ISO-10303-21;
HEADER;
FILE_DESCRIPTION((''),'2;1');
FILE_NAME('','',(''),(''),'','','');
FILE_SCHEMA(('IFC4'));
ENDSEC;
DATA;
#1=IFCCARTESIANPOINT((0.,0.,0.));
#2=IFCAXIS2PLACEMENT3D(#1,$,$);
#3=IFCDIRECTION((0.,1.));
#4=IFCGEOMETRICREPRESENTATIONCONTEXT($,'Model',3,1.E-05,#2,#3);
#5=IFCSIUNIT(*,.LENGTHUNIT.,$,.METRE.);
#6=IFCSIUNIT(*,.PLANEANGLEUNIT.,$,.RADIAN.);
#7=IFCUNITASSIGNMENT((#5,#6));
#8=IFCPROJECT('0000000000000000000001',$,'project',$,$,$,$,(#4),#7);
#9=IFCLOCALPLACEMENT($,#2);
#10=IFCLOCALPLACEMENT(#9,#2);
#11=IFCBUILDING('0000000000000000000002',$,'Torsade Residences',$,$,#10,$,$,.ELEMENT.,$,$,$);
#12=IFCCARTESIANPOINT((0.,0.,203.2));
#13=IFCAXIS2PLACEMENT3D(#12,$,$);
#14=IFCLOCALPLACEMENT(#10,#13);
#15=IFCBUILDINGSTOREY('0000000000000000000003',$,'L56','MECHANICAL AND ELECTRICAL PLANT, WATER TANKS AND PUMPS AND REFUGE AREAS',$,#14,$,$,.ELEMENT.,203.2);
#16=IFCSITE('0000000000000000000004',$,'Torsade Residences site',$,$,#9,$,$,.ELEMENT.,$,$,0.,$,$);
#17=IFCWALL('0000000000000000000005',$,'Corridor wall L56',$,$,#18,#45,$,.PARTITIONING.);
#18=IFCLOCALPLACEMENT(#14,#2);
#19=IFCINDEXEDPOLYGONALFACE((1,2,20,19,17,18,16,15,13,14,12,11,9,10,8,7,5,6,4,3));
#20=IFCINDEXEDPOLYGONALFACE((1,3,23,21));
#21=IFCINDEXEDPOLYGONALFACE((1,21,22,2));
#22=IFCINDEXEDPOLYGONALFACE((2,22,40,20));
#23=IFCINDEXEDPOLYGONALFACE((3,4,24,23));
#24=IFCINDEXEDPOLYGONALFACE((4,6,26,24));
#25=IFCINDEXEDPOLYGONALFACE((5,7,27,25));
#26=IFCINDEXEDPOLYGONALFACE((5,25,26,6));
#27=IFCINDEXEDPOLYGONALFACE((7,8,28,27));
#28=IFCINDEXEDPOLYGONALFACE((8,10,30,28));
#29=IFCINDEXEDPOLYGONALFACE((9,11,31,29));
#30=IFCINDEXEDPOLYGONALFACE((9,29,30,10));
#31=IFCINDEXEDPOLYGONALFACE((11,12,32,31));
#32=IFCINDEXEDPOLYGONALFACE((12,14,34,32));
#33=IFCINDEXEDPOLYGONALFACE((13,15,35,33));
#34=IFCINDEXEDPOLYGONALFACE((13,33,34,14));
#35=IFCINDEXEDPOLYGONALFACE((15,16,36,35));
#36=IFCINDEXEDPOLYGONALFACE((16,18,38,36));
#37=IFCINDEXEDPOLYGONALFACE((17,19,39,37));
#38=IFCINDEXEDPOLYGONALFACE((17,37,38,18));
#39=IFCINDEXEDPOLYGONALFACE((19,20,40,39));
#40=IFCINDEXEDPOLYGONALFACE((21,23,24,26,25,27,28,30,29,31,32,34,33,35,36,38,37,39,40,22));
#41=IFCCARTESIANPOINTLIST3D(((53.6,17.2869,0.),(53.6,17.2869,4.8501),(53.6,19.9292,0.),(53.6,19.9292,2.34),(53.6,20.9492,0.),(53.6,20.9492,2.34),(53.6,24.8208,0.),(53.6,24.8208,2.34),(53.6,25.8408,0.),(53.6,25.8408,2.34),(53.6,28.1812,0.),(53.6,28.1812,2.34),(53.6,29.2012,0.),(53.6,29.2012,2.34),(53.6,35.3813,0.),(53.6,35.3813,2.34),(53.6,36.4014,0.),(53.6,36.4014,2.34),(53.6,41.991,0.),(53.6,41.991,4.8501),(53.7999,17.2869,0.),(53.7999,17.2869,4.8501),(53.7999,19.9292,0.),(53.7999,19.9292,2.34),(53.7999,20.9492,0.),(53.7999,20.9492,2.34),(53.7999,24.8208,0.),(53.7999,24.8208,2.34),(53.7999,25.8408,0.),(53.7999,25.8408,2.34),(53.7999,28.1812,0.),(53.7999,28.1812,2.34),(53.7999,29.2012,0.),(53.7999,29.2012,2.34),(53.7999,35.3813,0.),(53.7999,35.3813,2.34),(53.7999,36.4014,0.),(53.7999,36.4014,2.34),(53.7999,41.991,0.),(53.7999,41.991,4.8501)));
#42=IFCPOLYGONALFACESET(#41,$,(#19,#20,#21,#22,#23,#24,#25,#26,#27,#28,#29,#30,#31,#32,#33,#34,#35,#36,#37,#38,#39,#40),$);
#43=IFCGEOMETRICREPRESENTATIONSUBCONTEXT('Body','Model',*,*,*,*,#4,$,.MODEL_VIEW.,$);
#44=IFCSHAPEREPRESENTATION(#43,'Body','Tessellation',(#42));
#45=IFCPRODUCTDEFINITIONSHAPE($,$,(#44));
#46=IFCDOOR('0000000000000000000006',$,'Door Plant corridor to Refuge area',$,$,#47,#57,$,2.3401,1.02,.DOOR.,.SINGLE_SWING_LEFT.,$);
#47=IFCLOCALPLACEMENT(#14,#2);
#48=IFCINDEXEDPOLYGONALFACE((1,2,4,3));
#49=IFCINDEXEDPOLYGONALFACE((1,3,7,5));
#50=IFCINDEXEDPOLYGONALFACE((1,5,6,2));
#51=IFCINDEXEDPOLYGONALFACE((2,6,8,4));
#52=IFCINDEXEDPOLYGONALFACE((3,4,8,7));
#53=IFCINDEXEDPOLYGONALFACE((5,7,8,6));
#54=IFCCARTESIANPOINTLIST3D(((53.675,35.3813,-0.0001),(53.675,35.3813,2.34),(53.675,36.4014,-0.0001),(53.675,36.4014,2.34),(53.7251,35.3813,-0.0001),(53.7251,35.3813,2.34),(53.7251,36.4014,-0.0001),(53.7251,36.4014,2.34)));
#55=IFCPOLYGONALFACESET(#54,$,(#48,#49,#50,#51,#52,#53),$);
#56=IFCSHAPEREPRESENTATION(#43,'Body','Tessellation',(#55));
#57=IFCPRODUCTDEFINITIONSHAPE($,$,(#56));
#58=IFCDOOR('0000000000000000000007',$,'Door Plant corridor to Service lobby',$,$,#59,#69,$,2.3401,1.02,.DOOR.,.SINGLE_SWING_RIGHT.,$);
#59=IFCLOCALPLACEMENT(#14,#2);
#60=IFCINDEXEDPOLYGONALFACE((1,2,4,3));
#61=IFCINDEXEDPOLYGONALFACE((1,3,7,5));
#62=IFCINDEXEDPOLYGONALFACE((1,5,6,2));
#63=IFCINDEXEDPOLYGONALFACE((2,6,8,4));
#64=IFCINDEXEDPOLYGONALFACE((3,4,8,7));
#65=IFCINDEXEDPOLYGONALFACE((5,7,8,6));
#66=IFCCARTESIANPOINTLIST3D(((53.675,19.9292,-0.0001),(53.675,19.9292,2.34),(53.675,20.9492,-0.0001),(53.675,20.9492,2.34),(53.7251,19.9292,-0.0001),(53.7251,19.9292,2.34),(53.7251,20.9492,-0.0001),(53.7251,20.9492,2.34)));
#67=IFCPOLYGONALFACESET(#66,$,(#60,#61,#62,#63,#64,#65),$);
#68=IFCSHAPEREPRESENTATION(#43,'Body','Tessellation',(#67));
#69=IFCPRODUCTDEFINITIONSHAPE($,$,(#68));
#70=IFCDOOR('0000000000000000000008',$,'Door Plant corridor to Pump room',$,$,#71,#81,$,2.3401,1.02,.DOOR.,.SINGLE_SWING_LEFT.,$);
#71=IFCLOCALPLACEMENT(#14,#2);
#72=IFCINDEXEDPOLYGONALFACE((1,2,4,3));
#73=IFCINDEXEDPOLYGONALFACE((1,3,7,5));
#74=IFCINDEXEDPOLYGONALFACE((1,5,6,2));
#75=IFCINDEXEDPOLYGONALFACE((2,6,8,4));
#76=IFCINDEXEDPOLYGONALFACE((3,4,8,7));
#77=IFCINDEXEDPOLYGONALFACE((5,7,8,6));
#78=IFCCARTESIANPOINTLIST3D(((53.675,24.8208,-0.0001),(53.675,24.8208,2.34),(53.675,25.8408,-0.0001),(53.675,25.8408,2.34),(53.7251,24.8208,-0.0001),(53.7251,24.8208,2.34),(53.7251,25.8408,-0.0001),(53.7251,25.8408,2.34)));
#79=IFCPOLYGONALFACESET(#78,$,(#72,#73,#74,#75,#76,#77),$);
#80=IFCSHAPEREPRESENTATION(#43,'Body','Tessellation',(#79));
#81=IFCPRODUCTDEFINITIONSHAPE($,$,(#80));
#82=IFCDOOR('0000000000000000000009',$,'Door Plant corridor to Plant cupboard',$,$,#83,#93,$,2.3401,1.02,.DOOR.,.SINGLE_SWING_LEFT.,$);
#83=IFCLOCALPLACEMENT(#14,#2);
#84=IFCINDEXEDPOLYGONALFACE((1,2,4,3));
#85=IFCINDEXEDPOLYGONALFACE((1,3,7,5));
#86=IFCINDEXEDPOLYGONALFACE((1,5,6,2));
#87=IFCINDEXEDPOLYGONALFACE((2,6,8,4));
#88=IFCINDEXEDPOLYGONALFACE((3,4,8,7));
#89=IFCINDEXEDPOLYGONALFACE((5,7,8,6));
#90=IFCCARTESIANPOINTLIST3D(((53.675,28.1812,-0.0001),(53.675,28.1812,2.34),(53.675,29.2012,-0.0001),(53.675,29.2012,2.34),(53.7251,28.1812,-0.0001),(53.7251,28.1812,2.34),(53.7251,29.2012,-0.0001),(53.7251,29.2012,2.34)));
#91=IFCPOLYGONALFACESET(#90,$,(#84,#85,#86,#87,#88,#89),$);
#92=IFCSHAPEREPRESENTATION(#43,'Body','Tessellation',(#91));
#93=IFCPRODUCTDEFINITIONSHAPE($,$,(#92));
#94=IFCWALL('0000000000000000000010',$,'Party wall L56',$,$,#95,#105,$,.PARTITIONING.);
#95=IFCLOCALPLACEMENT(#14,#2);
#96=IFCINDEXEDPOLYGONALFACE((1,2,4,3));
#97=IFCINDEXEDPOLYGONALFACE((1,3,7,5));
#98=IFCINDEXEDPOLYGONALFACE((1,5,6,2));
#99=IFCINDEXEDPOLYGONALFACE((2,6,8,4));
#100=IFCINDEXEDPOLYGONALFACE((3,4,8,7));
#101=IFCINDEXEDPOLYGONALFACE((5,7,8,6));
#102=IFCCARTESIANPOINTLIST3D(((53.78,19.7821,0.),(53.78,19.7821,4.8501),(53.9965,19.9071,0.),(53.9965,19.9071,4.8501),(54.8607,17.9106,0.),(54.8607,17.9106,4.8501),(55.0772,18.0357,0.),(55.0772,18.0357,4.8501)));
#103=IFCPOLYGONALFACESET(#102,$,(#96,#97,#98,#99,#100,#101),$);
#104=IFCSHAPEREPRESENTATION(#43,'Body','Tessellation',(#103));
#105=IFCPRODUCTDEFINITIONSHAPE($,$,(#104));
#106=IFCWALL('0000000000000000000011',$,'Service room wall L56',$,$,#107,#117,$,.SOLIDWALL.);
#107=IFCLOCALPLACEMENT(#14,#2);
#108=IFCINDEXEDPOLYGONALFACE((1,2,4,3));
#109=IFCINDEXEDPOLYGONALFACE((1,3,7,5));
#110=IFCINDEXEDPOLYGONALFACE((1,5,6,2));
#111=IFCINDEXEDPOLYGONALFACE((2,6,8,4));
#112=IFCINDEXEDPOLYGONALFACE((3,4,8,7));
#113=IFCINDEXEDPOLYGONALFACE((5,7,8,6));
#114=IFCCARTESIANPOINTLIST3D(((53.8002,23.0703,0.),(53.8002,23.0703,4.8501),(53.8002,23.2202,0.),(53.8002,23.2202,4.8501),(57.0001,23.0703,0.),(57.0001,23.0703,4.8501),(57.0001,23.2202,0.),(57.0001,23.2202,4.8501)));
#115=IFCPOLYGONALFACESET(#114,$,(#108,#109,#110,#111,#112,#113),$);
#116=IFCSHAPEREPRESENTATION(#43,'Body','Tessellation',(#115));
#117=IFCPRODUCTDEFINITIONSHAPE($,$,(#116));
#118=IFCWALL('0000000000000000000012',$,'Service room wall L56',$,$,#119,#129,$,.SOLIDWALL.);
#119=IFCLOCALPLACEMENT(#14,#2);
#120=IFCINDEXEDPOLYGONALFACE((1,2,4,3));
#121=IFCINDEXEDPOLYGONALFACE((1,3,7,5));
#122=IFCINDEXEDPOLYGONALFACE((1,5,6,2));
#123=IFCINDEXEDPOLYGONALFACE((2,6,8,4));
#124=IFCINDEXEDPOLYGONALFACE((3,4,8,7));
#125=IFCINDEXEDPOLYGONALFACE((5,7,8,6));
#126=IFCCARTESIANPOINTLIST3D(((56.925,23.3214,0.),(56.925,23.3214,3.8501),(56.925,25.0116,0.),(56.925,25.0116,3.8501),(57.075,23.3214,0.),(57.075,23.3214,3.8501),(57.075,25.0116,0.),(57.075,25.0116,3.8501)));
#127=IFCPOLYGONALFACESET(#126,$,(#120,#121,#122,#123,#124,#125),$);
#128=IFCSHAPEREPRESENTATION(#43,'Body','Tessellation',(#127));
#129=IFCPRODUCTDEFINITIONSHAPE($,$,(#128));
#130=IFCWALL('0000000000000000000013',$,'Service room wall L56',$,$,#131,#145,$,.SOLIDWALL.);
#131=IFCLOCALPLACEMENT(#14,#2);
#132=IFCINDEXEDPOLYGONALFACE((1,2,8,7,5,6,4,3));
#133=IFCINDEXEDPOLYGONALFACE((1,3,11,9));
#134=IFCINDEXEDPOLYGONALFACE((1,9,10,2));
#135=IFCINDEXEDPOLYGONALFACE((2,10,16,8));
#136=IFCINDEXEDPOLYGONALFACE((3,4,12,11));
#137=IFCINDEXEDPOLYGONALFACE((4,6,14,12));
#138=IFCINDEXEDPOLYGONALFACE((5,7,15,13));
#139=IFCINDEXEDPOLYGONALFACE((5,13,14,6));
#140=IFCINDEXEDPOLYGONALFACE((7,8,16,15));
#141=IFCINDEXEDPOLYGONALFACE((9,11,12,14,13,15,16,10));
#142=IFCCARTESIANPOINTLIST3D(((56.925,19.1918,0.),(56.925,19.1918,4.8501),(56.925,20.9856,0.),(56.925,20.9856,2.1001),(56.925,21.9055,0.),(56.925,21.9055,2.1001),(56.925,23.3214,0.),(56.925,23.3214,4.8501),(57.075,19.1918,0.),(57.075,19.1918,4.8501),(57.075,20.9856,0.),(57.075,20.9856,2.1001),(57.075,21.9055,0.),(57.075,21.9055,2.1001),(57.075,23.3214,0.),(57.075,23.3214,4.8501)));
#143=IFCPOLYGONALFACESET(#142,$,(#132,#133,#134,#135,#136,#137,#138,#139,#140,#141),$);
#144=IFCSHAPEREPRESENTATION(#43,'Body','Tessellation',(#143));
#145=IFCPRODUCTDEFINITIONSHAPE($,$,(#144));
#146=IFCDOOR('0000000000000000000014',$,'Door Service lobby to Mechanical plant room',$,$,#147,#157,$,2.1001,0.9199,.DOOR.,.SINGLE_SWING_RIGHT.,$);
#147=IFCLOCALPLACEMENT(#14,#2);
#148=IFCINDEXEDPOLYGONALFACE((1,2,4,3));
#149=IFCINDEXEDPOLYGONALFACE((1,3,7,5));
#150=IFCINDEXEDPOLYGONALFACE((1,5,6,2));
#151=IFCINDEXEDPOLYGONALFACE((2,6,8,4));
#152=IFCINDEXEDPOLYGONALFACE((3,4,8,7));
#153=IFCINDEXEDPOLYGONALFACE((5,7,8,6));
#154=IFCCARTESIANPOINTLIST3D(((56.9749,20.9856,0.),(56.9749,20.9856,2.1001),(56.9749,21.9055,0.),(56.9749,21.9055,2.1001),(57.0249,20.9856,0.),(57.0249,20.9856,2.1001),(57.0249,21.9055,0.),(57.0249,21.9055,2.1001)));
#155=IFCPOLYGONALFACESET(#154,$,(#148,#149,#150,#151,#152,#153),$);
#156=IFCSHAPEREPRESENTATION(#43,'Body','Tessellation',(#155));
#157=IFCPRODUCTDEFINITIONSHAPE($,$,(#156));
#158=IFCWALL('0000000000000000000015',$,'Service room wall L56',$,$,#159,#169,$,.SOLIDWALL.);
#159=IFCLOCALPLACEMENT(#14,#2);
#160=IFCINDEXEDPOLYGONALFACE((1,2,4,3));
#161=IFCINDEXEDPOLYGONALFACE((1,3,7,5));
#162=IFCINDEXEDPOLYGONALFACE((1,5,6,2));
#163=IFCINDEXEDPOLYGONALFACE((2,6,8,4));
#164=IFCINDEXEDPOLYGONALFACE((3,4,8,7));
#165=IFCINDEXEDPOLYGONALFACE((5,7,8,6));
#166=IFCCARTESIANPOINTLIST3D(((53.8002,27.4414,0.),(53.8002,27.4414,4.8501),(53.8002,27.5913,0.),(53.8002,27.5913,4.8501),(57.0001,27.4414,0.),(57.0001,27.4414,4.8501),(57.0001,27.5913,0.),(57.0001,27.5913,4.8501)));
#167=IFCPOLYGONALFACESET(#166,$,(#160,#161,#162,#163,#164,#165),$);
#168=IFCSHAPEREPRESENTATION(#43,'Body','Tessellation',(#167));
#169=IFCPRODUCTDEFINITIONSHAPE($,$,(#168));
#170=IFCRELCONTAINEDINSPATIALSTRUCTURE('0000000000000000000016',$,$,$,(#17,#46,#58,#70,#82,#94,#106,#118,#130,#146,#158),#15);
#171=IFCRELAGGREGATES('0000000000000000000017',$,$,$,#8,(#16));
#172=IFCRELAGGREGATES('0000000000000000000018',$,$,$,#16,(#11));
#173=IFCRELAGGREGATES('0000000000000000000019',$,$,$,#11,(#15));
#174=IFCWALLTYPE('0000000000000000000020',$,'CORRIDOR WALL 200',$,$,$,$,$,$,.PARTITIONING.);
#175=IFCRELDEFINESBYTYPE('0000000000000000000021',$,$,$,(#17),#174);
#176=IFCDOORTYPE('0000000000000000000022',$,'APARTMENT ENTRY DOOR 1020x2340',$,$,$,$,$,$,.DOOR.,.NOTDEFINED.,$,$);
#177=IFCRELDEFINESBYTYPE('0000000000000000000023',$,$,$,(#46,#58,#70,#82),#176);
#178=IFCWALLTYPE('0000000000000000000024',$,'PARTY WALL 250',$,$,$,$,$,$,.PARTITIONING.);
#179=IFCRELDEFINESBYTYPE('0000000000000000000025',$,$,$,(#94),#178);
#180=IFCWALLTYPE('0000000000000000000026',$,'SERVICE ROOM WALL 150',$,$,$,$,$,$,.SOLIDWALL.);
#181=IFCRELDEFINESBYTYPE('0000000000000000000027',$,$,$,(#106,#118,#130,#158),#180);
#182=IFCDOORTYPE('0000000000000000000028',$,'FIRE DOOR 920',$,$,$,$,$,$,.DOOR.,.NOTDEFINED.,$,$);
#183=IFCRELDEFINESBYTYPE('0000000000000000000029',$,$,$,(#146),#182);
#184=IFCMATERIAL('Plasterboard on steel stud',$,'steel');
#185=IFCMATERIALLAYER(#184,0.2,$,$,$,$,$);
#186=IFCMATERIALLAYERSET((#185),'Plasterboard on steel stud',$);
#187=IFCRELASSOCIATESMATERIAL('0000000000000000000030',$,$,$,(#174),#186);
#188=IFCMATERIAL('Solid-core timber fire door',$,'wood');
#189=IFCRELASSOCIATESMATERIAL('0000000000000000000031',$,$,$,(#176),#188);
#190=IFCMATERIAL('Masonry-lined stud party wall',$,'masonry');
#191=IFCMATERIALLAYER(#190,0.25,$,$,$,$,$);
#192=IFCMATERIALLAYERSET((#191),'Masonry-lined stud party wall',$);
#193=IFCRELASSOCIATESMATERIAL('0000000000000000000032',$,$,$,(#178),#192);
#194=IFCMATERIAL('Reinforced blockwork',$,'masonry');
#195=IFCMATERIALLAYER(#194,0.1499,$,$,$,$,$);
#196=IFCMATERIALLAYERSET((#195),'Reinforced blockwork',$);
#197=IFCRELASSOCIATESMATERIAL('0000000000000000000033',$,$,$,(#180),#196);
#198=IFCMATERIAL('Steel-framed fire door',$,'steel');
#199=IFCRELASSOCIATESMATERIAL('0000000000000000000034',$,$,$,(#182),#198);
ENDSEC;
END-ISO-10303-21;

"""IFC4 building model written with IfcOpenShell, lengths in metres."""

from ifc_helpers import new_model, si_unit, direction, frame, frame_2d, origin, place, context, subcontext, project, spatial, rectangle, extrude, material, layer, layer_set, type_object, element, fill, save


model = new_model("IFC4")

# Units and contexts
model_context = context("Model", 3, precision=1e-05, world=origin(), true_north=direction((0.0, 1.0)))
body_context = subcontext(model_context, "Body", "Model", "MODEL_VIEW")
ifc_project = project(units=[si_unit("LENGTHUNIT", "METRE"), si_unit("PLANEANGLEUNIT", "RADIAN")], contexts=[model_context])

# Site, building, storey
site_placement = place(None, origin())
site = spatial("IfcSite", under=ifc_project, at=site_placement, Name="Torsade Residences site", CompositionType="ELEMENT", RefElevation=0.0)
building_placement = place(site_placement, origin())
building = spatial("IfcBuilding", under=site, at=building_placement, Name="Torsade Residences", CompositionType="ELEMENT")
storey_placement = place(building_placement, frame((0.0, 0.0, 203.2)))
storey = spatial("IfcBuildingStorey", under=building, at=storey_placement, Name="L56", Description="MECHANICAL AND ELECTRICAL PLANT, WATER TANKS AND PUMPS AND REFUGE AREAS", CompositionType="ELEMENT", Elevation=203.2)

# Wall, openings, doors
ifc_material_1 = material(Name="Plasterboard on steel stud", Category="steel")
ifc_layer_1 = layer(ifc_material_1, 0.2)
ifc_layer_set_1 = layer_set([ifc_layer_1], Name="Plasterboard on steel stud")
wall_type_1 = type_object("IfcWallType", Name="CORRIDOR WALL 200", PredefinedType="PARTITIONING", material=ifc_layer_set_1)
wall_1_placement = place(storey_placement, frame((53.7, 17.2869, 0.0), z_axis=(0.0, 0.0, 1.0), x_axis=(0.0, 1.0, 0.0)))
wall_1 = element("IfcWall", 1, at=wall_1_placement, inside=storey, type_object=wall_type_1, Name="Corridor wall L56", PredefinedType="PARTITIONING", context=body_context, shape_type="SweptSolid", body=[
    extrude(rectangle(XDim=24.7041, YDim=0.2, at=frame_2d((12.3521, 0.0))), origin(), (0.0, 0.0, 1.0), 4.8501),
])
opening_1_placement = place(wall_1_placement, frame((18.0945, 0.0, 0.0)))
opening_1 = element("IfcOpeningElement", 2, at=opening_1_placement, cuts=wall_1, PredefinedType="OPENING", context=body_context, shape_type="SweptSolid", body=[
    extrude(rectangle(XDim=1.02, YDim=2.3401, at=frame_2d((0.51, 1.1699))), frame((0.0, 0.1099, 0.0), z_axis=(0.0, -1.0, 0.0), x_axis=(1.0, 0.0, 0.0)), (0.0, 0.0, 1.0), 0.22),
])
opening_2_placement = place(wall_1_placement, frame((2.6423, 0.0, 0.0)))
opening_2 = element("IfcOpeningElement", 3, at=opening_2_placement, cuts=wall_1, PredefinedType="OPENING", context=body_context, shape_type="SweptSolid", body=[
    extrude(rectangle(XDim=1.02, YDim=2.3401, at=frame_2d((0.51, 1.1699))), frame((0.0, 0.1099, 0.0), z_axis=(0.0, -1.0, 0.0), x_axis=(1.0, 0.0, 0.0)), (0.0, 0.0, 1.0), 0.22),
])
opening_3_placement = place(wall_1_placement, frame((7.5339, 0.0, 0.0)))
opening_3 = element("IfcOpeningElement", 4, at=opening_3_placement, cuts=wall_1, PredefinedType="OPENING", context=body_context, shape_type="SweptSolid", body=[
    extrude(rectangle(XDim=1.02, YDim=2.3401, at=frame_2d((0.51, 1.1699))), frame((0.0, 0.1099, 0.0), z_axis=(0.0, -1.0, 0.0), x_axis=(1.0, 0.0, 0.0)), (0.0, 0.0, 1.0), 0.22),
])
opening_4_placement = place(wall_1_placement, frame((10.8943, 0.0, 0.0)))
opening_4 = element("IfcOpeningElement", 5, at=opening_4_placement, cuts=wall_1, PredefinedType="OPENING", context=body_context, shape_type="SweptSolid", body=[
    extrude(rectangle(XDim=1.02, YDim=2.3401, at=frame_2d((0.51, 1.1699))), frame((0.0, 0.1099, 0.0), z_axis=(0.0, -1.0, 0.0), x_axis=(1.0, 0.0, 0.0)), (0.0, 0.0, 1.0), 0.22),
])
ifc_material_2 = material(Name="Solid-core timber fire door", Category="wood")
door_type_1 = type_object("IfcDoorType", Name="APARTMENT ENTRY DOOR 1020x2340", OperationType="NOTDEFINED", PredefinedType="DOOR", material=ifc_material_2)
door_1_placement = place(opening_1_placement, origin())
door_1 = element("IfcDoor", 6, at=door_1_placement, inside=storey, type_object=door_type_1, Name="Door Plant corridor to Refuge area", OperationType="SINGLE_SWING_LEFT", OverallHeight=2.3401, OverallWidth=1.02, PredefinedType="DOOR", context=body_context, shape_type="SweptSolid", body=[
    extrude(rectangle(XDim=1.02, YDim=2.3401, at=frame_2d((0.51, 1.1699))), frame((0.0, 0.0249, 0.0), z_axis=(0.0, -1.0, 0.0), x_axis=(1.0, 0.0, 0.0)), (0.0, 0.0, 1.0), 0.05),
])
fill(opening_1, door_1)
door_2_placement = place(opening_2_placement, origin())
door_2 = element("IfcDoor", 7, at=door_2_placement, inside=storey, type_object=door_type_1, Name="Door Plant corridor to Service lobby", OperationType="SINGLE_SWING_RIGHT", OverallHeight=2.3401, OverallWidth=1.02, PredefinedType="DOOR", context=body_context, shape_type="SweptSolid", body=[
    extrude(rectangle(XDim=1.02, YDim=2.3401, at=frame_2d((0.51, 1.1699))), frame((0.0, 0.0249, 0.0), z_axis=(0.0, -1.0, 0.0), x_axis=(1.0, 0.0, 0.0)), (0.0, 0.0, 1.0), 0.05),
])
fill(opening_2, door_2)
door_3_placement = place(opening_3_placement, origin())
door_3 = element("IfcDoor", 8, at=door_3_placement, inside=storey, type_object=door_type_1, Name="Door Plant corridor to Pump room", OperationType="SINGLE_SWING_LEFT", OverallHeight=2.3401, OverallWidth=1.02, PredefinedType="DOOR", context=body_context, shape_type="SweptSolid", body=[
    extrude(rectangle(XDim=1.02, YDim=2.3401, at=frame_2d((0.51, 1.1699))), frame((0.0, 0.0249, 0.0), z_axis=(0.0, -1.0, 0.0), x_axis=(1.0, 0.0, 0.0)), (0.0, 0.0, 1.0), 0.05),
])
fill(opening_3, door_3)
door_4_placement = place(opening_4_placement, origin())
door_4 = element("IfcDoor", 9, at=door_4_placement, inside=storey, type_object=door_type_1, Name="Door Plant corridor to Plant cupboard", OperationType="SINGLE_SWING_LEFT", OverallHeight=2.3401, OverallWidth=1.02, PredefinedType="DOOR", context=body_context, shape_type="SweptSolid", body=[
    extrude(rectangle(XDim=1.02, YDim=2.3401, at=frame_2d((0.51, 1.1699))), frame((0.0, 0.0249, 0.0), z_axis=(0.0, -1.0, 0.0), x_axis=(1.0, 0.0, 0.0)), (0.0, 0.0, 1.0), 0.05),
])
fill(opening_4, door_4)

# Walls
ifc_material_3 = material(Name="Masonry-lined stud party wall", Category="masonry")
ifc_layer_2 = layer(ifc_material_3, 0.25)
ifc_layer_set_2 = layer_set([ifc_layer_2], Name="Masonry-lined stud party wall")
wall_type_2 = type_object("IfcWallType", Name="PARTY WALL 250", PredefinedType="PARTITIONING", material=ifc_layer_set_2)
wall_2_placement = place(storey_placement, frame((54.969, 17.9731, 0.0), z_axis=(0.0, 0.0, 1.0), x_axis=(-0.500088, 0.865975, 0.0)))
element("IfcWall", 10, at=wall_2_placement, inside=storey, type_object=wall_type_2, Name="Party wall L56", PredefinedType="PARTITIONING", context=body_context, shape_type="SweptSolid", body=[
    extrude(rectangle(XDim=2.1611, YDim=0.25, at=frame_2d((1.0806, 0.0))), origin(), (0.0, 0.0, 1.0), 4.8501),
])
ifc_material_4 = material(Name="Reinforced blockwork", Category="masonry")
ifc_layer_3 = layer(ifc_material_4, 0.1499)
ifc_layer_set_3 = layer_set([ifc_layer_3], Name="Reinforced blockwork")
wall_type_3 = type_object("IfcWallType", Name="SERVICE ROOM WALL 150", PredefinedType="SOLIDWALL", material=ifc_layer_set_3)
wall_3_placement = place(storey_placement, frame((53.8, 23.1453, 0.0), z_axis=(0.0, 0.0, 1.0), x_axis=(1.0, 0.0, 0.0)))
element("IfcWall", 11, at=wall_3_placement, inside=storey, type_object=wall_type_3, Name="Service room wall L56", PredefinedType="SOLIDWALL", context=body_context, shape_type="SweptSolid", body=[
    extrude(rectangle(XDim=3.2, YDim=0.1499, at=frame_2d((1.6001, 0.0))), origin(), (0.0, 0.0, 1.0), 4.8501),
])
wall_4_placement = place(storey_placement, frame((57.0, 25.0117, 0.0), z_axis=(0.0, 0.0, 1.0), x_axis=(0.0, -1.0, 0.0)))
element("IfcWall", 12, at=wall_4_placement, inside=storey, type_object=wall_type_3, Name="Service room wall L56", PredefinedType="SOLIDWALL", context=body_context, shape_type="SweptSolid", body=[
    extrude(rectangle(XDim=1.6902, YDim=0.1499, at=frame_2d((0.8452, 0.0))), origin(), (0.0, 0.0, 1.0), 3.8501),
])

# Wall, opening, door
wall_5_placement = place(storey_placement, frame((57.0, 23.3215, 0.0), z_axis=(0.0, 0.0, 1.0), x_axis=(0.0, -1.0, 0.0)))
wall_5 = element("IfcWall", 13, at=wall_5_placement, inside=storey, type_object=wall_type_3, Name="Service room wall L56", PredefinedType="SOLIDWALL", context=body_context, shape_type="SweptSolid", body=[
    extrude(rectangle(XDim=4.1296, YDim=0.1499, at=frame_2d((2.0649, 0.0))), origin(), (0.0, 0.0, 1.0), 4.8501),
])
opening_5_placement = place(wall_5_placement, frame((1.416, 0.0, 0.0)))
opening_5 = element("IfcOpeningElement", 14, at=opening_5_placement, cuts=wall_5, PredefinedType="OPENING", context=body_context, shape_type="SweptSolid", body=[
    extrude(rectangle(XDim=0.9199, YDim=2.1001, at=frame_2d((0.46, 1.05))), frame((0.0, 0.085, 0.0), z_axis=(0.0, -1.0, 0.0), x_axis=(1.0, 0.0, 0.0)), (0.0, 0.0, 1.0), 0.1699),
])
ifc_material_5 = material(Name="Steel-framed fire door", Category="steel")
door_type_2 = type_object("IfcDoorType", Name="FIRE DOOR 920", OperationType="NOTDEFINED", PredefinedType="DOOR", material=ifc_material_5)
door_5_placement = place(opening_5_placement, origin())
door_5 = element("IfcDoor", 15, at=door_5_placement, inside=storey, type_object=door_type_2, Name="Door Service lobby to Mechanical plant room", OperationType="SINGLE_SWING_RIGHT", OverallHeight=2.1001, OverallWidth=0.9199, PredefinedType="DOOR", context=body_context, shape_type="SweptSolid", body=[
    extrude(rectangle(XDim=0.9199, YDim=2.1001, at=frame_2d((0.46, 1.05))), frame((0.0, 0.0249, 0.0), z_axis=(0.0, -1.0, 0.0), x_axis=(1.0, 0.0, 0.0)), (0.0, 0.0, 1.0), 0.05),
])
fill(opening_5, door_5)

# Wall
wall_6_placement = place(storey_placement, frame((53.8, 27.5164, 0.0), z_axis=(0.0, 0.0, 1.0), x_axis=(1.0, 0.0, 0.0)))
element("IfcWall", 16, at=wall_6_placement, inside=storey, type_object=wall_type_3, Name="Service room wall L56", PredefinedType="SOLIDWALL", context=body_context, shape_type="SweptSolid", body=[
    extrude(rectangle(XDim=3.2, YDim=0.1499, at=frame_2d((1.6001, 0.0))), origin(), (0.0, 0.0, 1.0), 4.8501),
])

save(model, "model.ifc")
